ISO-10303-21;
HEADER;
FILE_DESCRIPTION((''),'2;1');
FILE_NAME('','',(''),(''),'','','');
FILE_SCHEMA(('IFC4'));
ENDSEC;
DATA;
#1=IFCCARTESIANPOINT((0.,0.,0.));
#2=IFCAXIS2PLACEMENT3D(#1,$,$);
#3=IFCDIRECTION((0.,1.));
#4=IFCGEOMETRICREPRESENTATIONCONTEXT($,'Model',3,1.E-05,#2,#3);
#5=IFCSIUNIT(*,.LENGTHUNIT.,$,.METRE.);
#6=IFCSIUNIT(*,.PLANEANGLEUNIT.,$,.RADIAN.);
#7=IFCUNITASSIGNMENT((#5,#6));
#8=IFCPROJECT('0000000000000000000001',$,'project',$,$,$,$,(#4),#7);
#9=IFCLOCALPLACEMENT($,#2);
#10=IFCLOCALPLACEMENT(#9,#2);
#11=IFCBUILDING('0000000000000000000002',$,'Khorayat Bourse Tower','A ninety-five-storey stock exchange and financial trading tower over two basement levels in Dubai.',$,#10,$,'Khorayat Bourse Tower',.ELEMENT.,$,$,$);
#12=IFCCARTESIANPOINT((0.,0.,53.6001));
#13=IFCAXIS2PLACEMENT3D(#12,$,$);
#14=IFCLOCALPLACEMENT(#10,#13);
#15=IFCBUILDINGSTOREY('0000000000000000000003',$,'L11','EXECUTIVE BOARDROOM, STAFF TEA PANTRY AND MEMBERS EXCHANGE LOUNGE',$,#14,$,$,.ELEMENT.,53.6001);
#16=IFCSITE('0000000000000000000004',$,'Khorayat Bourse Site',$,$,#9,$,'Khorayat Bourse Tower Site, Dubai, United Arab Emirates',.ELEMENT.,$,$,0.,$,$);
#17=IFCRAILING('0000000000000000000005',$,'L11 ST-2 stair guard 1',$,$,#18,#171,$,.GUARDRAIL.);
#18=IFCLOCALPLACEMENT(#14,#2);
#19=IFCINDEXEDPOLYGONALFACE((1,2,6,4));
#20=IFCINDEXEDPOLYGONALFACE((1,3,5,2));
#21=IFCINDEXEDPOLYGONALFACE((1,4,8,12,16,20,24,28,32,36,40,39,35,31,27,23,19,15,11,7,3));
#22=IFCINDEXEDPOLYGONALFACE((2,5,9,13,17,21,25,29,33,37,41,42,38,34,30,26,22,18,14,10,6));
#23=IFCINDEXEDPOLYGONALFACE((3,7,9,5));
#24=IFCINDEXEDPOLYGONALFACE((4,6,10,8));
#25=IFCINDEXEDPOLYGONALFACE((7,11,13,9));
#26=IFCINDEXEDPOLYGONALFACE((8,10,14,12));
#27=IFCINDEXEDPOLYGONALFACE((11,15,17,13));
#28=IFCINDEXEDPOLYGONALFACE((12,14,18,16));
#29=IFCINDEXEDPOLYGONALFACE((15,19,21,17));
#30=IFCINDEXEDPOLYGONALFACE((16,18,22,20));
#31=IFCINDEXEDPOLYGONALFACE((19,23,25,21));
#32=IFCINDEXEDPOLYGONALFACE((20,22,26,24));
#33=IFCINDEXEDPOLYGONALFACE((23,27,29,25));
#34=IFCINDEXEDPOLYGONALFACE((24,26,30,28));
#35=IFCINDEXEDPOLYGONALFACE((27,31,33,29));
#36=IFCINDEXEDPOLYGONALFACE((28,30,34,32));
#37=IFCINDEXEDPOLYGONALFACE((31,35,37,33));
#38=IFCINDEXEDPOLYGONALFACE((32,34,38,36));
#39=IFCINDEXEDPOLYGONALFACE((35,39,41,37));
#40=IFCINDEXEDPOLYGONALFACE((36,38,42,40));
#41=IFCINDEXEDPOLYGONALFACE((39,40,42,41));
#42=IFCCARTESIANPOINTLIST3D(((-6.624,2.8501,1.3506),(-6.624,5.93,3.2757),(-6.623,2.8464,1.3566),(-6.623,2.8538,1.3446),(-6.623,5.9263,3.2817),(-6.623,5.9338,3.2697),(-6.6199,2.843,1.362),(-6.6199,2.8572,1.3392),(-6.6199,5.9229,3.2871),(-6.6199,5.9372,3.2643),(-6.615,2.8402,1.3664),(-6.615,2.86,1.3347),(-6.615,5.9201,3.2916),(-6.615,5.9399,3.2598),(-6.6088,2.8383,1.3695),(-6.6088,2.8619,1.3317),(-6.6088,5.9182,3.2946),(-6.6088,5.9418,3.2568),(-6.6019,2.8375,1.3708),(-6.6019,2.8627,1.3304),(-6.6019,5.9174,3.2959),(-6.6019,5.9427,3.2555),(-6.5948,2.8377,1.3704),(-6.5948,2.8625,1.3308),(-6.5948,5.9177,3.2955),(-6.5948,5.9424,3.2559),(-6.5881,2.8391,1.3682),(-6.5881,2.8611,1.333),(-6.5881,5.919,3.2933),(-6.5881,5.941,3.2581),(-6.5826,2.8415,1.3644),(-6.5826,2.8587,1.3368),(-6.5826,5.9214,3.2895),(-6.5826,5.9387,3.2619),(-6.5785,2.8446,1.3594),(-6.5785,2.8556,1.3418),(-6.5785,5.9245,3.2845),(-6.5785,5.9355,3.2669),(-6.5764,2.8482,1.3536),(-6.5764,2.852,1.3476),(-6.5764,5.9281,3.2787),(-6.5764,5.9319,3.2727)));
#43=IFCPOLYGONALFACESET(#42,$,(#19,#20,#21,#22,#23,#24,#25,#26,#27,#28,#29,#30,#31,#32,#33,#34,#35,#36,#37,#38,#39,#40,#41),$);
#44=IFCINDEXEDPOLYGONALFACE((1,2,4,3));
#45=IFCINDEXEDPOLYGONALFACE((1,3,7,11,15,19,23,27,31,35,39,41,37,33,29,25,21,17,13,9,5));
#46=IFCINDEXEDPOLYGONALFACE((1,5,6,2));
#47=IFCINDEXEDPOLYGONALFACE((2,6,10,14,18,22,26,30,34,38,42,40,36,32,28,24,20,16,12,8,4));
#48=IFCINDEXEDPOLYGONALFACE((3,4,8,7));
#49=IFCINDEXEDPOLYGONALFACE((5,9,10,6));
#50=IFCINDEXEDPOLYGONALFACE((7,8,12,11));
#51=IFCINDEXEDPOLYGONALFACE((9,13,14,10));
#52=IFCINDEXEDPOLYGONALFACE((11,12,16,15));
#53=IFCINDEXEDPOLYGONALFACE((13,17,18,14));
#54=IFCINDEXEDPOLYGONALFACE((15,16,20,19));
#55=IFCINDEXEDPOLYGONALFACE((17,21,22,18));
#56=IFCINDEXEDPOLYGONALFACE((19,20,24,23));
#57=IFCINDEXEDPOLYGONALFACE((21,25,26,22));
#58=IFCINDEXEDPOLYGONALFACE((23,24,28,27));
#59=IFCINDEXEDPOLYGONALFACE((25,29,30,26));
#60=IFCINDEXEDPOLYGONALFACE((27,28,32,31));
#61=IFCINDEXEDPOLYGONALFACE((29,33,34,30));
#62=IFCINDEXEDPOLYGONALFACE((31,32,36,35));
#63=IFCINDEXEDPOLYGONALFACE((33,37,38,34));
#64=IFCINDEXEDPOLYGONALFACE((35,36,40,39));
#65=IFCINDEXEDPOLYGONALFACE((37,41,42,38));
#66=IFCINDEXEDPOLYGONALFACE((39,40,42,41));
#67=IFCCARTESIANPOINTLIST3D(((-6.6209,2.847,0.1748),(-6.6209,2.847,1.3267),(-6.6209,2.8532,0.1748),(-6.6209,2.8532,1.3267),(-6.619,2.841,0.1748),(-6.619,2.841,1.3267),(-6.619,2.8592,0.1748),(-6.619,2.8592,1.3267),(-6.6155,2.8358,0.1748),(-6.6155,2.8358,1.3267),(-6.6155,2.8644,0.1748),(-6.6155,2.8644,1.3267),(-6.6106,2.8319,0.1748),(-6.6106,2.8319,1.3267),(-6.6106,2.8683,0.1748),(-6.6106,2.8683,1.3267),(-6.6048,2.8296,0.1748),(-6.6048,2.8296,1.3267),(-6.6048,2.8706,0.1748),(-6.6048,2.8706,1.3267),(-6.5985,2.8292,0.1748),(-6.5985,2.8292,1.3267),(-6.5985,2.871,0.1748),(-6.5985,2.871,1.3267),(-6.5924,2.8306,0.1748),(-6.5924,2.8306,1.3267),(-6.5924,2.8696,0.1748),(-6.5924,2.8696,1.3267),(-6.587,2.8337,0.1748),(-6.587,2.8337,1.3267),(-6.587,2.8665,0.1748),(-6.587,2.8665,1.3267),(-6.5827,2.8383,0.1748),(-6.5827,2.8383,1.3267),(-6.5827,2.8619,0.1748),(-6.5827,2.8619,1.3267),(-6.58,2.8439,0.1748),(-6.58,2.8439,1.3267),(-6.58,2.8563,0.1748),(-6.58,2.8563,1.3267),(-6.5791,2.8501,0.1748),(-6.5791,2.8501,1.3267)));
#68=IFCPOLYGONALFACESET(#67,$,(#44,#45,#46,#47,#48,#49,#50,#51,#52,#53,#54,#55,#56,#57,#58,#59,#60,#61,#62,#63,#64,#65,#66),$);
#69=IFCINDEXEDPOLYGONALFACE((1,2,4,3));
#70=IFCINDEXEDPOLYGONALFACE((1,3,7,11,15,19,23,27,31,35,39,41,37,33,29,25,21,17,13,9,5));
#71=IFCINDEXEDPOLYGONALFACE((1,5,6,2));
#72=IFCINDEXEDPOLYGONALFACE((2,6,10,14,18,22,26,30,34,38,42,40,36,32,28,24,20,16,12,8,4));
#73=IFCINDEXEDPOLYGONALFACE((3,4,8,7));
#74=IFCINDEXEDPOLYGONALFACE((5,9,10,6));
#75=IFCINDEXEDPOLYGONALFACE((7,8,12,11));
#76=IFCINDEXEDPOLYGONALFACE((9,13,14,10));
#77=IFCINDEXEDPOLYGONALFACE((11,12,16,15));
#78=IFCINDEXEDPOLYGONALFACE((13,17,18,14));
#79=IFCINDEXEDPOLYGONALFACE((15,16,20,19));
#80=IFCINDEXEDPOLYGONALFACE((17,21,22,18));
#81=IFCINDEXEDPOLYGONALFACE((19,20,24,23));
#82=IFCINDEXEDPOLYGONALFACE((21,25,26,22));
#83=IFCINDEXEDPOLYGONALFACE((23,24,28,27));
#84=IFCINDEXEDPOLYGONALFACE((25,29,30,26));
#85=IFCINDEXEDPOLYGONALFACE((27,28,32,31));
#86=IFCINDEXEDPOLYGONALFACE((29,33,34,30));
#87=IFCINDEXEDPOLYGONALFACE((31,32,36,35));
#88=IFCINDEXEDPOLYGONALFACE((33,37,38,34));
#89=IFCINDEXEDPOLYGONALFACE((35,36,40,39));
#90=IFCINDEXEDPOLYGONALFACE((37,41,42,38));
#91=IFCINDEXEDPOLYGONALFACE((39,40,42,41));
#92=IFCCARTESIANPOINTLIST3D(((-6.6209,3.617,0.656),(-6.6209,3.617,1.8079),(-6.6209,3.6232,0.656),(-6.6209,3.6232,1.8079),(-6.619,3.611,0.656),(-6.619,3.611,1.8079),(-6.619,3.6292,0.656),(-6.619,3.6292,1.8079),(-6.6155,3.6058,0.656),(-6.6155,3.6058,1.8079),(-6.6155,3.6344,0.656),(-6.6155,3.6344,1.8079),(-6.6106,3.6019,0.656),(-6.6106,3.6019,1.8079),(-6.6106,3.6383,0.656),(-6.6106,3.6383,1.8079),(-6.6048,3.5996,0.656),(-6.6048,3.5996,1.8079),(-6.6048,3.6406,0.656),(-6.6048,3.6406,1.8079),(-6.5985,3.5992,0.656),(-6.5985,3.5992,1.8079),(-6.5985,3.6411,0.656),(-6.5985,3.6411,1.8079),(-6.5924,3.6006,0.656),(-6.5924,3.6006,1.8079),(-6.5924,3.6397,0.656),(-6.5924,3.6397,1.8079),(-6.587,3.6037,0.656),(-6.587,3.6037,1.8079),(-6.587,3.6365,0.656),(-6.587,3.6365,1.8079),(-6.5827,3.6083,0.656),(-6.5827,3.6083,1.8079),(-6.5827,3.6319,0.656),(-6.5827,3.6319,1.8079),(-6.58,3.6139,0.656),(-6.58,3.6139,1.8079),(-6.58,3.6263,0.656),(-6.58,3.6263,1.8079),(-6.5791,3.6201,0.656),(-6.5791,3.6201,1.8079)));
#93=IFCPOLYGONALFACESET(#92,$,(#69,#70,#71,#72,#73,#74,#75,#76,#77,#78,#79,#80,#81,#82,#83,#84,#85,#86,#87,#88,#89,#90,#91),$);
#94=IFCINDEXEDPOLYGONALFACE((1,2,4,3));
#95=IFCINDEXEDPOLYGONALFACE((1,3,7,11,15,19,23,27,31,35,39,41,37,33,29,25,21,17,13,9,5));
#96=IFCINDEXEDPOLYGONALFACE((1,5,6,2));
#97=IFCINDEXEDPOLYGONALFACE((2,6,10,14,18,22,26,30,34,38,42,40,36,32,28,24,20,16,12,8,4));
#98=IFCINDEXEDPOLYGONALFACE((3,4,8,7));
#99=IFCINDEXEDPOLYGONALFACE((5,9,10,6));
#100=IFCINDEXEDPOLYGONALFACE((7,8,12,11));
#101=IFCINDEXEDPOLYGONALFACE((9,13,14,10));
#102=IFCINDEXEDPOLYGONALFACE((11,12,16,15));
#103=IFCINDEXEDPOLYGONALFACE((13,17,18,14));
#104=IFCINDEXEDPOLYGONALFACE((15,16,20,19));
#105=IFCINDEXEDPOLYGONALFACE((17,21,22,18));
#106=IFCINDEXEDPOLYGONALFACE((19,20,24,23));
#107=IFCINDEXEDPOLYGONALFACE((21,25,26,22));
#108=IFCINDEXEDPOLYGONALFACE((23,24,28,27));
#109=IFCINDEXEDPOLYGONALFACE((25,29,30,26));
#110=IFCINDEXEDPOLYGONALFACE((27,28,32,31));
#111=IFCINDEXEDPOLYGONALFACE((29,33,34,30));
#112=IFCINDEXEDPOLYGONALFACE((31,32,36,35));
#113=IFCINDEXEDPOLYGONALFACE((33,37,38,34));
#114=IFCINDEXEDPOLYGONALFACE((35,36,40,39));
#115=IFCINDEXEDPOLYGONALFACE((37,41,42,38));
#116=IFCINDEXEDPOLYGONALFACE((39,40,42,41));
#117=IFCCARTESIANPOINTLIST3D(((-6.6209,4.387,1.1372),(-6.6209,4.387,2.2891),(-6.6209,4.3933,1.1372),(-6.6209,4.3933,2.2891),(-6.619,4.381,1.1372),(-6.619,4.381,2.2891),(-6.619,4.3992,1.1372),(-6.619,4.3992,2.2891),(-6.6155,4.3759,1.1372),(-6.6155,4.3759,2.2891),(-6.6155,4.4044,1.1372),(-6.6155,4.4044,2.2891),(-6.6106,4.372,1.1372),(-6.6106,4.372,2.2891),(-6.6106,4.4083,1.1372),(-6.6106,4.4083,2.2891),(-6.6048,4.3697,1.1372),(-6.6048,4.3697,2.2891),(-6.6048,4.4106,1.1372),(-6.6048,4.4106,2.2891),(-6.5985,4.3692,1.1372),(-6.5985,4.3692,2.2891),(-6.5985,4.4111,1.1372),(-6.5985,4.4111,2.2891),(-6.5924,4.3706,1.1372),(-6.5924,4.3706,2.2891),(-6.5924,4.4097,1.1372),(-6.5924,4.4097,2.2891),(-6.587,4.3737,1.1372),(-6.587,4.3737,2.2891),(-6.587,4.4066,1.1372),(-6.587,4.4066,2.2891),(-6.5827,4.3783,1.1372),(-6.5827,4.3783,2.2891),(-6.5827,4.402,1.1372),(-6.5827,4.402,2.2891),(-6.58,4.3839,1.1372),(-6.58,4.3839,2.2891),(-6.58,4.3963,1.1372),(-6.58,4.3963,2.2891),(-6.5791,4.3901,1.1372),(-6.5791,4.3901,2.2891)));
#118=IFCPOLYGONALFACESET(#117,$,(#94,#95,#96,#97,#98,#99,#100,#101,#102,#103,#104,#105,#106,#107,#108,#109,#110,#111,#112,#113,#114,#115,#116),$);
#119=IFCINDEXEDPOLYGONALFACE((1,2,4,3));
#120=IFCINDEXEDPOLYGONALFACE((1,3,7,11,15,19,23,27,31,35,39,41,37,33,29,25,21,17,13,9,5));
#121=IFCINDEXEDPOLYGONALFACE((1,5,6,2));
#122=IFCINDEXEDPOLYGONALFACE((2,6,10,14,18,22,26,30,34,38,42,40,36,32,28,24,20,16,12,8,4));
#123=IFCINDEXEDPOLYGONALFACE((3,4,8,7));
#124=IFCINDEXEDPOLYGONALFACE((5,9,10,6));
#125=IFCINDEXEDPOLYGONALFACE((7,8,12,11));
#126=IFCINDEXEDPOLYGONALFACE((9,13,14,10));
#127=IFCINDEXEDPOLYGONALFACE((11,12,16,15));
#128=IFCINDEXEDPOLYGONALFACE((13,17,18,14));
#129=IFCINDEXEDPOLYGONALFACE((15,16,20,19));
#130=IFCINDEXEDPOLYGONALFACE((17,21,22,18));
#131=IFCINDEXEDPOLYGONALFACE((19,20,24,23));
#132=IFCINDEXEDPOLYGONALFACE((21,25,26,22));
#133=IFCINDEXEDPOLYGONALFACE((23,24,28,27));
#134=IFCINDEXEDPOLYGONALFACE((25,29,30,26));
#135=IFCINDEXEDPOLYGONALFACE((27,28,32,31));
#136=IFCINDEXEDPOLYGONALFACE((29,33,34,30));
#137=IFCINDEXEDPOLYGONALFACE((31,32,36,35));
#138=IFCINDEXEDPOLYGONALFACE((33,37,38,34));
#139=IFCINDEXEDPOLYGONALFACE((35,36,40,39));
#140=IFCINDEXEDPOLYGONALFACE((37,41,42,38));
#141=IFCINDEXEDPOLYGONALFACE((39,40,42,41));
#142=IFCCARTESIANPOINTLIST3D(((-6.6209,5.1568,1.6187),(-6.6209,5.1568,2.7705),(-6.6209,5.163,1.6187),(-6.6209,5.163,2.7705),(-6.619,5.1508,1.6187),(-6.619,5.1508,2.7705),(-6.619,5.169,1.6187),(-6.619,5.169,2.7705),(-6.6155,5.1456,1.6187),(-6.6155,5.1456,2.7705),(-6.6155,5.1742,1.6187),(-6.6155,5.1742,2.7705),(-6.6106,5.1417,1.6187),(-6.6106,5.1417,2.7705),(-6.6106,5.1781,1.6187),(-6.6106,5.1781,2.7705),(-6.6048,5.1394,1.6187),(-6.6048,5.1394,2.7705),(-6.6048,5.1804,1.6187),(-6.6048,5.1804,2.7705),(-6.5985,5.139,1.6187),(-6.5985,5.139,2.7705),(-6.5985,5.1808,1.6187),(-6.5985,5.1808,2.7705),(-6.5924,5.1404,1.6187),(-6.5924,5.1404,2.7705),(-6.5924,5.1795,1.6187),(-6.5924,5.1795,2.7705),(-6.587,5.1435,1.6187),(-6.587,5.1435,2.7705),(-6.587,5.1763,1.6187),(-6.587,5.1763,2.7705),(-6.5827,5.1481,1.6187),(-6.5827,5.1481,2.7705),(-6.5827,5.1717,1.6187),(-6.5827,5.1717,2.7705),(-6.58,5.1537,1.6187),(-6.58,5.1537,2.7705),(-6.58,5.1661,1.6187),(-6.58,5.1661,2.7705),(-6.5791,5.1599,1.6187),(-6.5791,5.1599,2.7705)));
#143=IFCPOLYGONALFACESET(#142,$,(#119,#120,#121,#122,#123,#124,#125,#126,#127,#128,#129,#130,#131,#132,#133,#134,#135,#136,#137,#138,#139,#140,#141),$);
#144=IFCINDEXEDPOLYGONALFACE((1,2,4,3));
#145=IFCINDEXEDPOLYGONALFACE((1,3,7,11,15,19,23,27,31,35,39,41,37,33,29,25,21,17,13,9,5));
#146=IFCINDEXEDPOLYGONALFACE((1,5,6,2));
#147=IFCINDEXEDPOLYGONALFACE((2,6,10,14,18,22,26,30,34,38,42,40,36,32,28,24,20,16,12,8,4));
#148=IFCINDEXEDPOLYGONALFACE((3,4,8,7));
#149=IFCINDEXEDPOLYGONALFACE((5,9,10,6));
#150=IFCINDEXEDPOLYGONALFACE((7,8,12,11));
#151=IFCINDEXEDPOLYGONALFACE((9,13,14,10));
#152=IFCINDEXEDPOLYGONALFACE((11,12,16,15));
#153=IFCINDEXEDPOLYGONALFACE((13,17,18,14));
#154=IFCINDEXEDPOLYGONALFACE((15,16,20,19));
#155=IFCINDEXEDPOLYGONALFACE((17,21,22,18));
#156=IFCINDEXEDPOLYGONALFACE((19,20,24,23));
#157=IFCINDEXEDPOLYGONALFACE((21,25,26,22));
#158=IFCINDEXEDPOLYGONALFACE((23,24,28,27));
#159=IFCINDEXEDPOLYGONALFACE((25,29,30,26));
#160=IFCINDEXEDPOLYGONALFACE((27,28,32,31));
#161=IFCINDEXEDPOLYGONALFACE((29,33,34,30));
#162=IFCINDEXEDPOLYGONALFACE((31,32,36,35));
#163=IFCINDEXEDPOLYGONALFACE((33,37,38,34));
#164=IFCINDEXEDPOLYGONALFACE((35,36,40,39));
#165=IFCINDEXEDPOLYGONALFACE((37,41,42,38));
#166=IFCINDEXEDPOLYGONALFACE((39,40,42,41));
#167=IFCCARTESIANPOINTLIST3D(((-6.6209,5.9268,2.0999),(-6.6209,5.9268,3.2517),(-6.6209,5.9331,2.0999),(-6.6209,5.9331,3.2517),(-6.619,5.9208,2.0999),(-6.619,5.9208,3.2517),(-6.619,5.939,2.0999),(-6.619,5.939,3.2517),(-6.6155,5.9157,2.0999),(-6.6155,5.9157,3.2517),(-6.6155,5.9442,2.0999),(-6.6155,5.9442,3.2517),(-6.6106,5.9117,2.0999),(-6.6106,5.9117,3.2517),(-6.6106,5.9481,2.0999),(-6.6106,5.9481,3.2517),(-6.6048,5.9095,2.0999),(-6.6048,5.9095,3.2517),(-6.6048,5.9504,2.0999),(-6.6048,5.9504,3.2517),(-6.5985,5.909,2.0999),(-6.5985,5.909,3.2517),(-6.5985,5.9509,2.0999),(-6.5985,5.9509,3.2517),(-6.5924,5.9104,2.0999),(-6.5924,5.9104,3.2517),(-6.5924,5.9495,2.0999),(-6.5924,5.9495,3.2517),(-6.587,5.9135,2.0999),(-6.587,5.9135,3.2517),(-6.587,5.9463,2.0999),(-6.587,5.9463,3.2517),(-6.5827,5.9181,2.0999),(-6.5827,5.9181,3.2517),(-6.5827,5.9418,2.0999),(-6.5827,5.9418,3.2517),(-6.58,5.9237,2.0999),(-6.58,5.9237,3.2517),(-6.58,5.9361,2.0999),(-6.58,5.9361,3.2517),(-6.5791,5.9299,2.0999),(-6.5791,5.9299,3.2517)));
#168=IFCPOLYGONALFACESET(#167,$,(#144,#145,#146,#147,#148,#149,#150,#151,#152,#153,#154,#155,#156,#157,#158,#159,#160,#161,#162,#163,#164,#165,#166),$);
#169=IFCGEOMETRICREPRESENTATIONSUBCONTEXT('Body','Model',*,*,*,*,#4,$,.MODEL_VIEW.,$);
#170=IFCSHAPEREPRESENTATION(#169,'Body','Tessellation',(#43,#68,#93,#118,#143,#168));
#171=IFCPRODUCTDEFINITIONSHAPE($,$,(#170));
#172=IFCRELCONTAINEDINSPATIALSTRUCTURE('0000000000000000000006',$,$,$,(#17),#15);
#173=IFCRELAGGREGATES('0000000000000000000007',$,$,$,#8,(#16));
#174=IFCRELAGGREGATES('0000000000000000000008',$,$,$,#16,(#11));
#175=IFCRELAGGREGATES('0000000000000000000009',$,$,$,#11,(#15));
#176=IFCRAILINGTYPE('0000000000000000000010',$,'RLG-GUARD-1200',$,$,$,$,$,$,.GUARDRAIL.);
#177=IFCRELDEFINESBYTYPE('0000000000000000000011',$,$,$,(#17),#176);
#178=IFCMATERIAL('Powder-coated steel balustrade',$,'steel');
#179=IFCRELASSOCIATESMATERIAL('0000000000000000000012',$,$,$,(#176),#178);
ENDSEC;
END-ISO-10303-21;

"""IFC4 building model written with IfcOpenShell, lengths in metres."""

from ifc_helpers import new_model, si_unit, direction, frame, origin, origin_2d, place, context, subcontext, project, spatial, circle, extrude, source, transform, mapped, material, type_object, element, save


model = new_model("IFC4")

# Units and contexts
model_context = context("Model", 3, precision=1e-05, world=origin(), true_north=direction((0.0, 1.0)))
body_context = subcontext(model_context, "Body", "Model", "MODEL_VIEW")
ifc_project = project(units=[si_unit("LENGTHUNIT", "METRE"), si_unit("PLANEANGLEUNIT", "RADIAN")], contexts=[model_context])

# Site, building, storey
site_placement = place(None, origin())
site = spatial("IfcSite", under=ifc_project, at=site_placement, Name="Khorayat Bourse Site", LongName="Khorayat Bourse Tower Site, Dubai, United Arab Emirates", CompositionType="ELEMENT", RefElevation=0.0)
building_placement = place(site_placement, origin())
building = spatial("IfcBuilding", under=site, at=building_placement, Name="Khorayat Bourse Tower", Description="A ninety-five-storey stock exchange and financial trading tower over two basement levels in Dubai.", LongName="Khorayat Bourse Tower", CompositionType="ELEMENT")
storey_placement = place(building_placement, frame((0.0, 0.0, 53.6001)))
storey = spatial("IfcBuildingStorey", under=building, at=storey_placement, Name="L11", Description="EXECUTIVE BOARDROOM, STAFF TEA PANTRY AND MEMBERS EXCHANGE LOUNGE", CompositionType="ELEMENT", Elevation=53.6001)

# Railing
ifc_material_1 = material(Name="Powder-coated steel balustrade", Category="steel")
railing_type_1 = type_object("IfcRailingType", Name="RLG-GUARD-1200", PredefinedType="GUARDRAIL", material=ifc_material_1)
shared_shape_1 = source(origin(), body_context, "Body", "SweptSolid", [
    extrude(circle(Radius=0.0239, at=origin_2d()), frame((0.0, 0.0, 1.1758), z_axis=(0.0, 0.847979, 0.530029), x_axis=(-1.0, 0.0, 0.0)), (0.0, 0.0, 1.0), 3.6321),
    extrude(circle(Radius=0.021, at=origin_2d()), origin(), (0.0, 0.0, 1.0), 1.1519),
    extrude(circle(Radius=0.021, at=origin_2d()), frame((0.0, 0.77, 0.4812)), (0.0, 0.0, 1.0), 1.1519),
    extrude(circle(Radius=0.021, at=origin_2d()), frame((0.0, 1.54, 0.9624)), (0.0, 0.0, 1.0), 1.1519),
    extrude(circle(Radius=0.021, at=origin_2d()), frame((0.0, 2.3098, 1.4438)), (0.0, 0.0, 1.0), 1.1519),
    extrude(circle(Radius=0.021, at=origin_2d()), frame((0.0, 3.0798, 1.925)), (0.0, 0.0, 1.0), 1.1519),
])
railing_1_placement = place(storey_placement, frame((-6.6001, 2.8501, 0.1748)))
element("IfcRailing", 1, at=railing_1_placement, inside=storey, type_object=railing_type_1, Name="L11 ST-2 stair guard 1", PredefinedType="GUARDRAIL", context=body_context, shape_type="MappedRepresentation", body=[
    mapped(shared_shape_1, transform((0.0, 0.0, 0.0), scale=1.0)),
])

save(model, "model.ifc")
